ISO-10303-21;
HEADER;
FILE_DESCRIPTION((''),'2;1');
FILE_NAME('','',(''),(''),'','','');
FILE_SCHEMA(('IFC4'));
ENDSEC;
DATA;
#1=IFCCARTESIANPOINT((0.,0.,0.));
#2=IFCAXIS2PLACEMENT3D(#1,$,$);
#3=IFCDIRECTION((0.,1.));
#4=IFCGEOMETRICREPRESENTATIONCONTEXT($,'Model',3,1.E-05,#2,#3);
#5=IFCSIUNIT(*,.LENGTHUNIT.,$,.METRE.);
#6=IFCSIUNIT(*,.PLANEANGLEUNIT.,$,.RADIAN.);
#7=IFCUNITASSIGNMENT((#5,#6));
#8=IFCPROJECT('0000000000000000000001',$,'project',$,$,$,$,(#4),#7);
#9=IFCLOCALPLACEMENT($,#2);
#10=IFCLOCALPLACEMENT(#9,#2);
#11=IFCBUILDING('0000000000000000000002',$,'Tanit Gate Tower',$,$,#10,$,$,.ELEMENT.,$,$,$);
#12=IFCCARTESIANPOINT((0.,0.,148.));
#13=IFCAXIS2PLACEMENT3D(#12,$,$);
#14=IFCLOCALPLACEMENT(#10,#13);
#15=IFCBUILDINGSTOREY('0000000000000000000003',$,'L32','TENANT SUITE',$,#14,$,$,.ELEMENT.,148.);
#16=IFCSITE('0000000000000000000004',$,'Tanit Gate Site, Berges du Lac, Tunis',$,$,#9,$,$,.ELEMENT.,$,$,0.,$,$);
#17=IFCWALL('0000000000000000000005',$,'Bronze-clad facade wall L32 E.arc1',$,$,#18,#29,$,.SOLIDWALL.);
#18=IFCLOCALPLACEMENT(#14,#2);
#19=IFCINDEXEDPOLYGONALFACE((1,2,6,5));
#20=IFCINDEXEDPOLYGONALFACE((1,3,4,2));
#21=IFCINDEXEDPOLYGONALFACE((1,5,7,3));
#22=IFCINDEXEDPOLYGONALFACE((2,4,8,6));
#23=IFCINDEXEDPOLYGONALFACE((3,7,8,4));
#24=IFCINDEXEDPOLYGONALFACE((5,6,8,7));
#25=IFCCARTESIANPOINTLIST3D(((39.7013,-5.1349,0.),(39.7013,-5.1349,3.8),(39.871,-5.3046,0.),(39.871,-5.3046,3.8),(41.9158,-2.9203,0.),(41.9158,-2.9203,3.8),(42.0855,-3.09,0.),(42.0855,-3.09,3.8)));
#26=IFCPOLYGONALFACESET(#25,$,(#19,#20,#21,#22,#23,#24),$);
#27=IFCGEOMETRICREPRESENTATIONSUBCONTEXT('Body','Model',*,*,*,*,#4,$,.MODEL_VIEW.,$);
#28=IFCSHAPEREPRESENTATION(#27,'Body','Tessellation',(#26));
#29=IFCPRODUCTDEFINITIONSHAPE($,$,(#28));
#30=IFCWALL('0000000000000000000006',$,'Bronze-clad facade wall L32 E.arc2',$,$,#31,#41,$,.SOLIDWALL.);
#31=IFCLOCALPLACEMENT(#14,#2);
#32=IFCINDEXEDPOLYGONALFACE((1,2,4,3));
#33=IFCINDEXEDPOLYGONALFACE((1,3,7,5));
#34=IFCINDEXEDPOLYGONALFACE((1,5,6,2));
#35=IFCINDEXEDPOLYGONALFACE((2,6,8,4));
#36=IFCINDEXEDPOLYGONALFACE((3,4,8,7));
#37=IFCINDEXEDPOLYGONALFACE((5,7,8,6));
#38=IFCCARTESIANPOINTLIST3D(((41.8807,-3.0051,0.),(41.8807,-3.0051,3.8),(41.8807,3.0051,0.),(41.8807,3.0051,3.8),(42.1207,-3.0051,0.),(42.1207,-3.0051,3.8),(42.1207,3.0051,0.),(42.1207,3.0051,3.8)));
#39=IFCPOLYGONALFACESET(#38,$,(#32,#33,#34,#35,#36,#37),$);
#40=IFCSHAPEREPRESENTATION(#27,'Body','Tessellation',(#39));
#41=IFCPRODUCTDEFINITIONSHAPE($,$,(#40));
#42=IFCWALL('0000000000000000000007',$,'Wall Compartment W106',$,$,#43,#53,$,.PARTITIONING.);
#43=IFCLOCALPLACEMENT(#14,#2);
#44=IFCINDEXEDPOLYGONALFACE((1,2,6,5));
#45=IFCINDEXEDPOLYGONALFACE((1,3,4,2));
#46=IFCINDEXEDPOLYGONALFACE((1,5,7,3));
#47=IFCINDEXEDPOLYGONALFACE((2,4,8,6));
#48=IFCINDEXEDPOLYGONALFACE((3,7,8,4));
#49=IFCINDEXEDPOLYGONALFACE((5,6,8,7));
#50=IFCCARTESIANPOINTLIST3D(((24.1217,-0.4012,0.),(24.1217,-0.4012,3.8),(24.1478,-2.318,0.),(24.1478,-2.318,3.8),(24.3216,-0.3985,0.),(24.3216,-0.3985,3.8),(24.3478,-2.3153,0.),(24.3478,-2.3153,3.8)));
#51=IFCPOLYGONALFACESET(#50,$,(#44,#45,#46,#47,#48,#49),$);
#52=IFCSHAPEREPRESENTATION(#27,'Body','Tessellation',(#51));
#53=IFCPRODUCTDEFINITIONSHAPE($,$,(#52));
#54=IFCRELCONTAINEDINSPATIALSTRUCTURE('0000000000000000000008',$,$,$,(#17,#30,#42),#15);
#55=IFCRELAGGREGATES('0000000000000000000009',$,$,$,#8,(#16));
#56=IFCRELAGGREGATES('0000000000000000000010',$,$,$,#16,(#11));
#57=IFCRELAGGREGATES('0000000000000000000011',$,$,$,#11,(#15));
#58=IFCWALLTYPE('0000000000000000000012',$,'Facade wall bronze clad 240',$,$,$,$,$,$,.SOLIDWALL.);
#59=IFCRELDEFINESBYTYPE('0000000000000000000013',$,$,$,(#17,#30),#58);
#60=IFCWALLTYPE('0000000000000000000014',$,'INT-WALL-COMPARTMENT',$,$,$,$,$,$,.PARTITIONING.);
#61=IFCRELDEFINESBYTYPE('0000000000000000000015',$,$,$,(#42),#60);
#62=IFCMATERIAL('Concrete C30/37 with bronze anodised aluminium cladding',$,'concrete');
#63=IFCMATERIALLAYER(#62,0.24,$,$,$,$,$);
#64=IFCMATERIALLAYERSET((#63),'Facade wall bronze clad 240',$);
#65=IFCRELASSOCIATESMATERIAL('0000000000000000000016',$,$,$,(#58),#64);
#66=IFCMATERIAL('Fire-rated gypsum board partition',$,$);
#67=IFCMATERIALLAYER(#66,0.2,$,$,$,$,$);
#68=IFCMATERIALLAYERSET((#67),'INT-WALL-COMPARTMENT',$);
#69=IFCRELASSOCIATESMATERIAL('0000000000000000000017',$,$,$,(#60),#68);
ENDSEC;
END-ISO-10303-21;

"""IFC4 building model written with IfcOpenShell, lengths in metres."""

from ifc_helpers import new_model, si_unit, direction, frame, frame_2d, origin, place, context, subcontext, project, spatial, rectangle, extrude, material, layer, layer_set, type_object, element, save


model = new_model("IFC4")

# Units and contexts
model_context = context("Model", 3, precision=1e-05, world=origin(), true_north=direction((0.0, 1.0)))
body_context = subcontext(model_context, "Body", "Model", "MODEL_VIEW")
ifc_project = project(units=[si_unit("LENGTHUNIT", "METRE"), si_unit("PLANEANGLEUNIT", "RADIAN")], contexts=[model_context])

# Site, building, storey
site_placement = place(None, origin())
site = spatial("IfcSite", under=ifc_project, at=site_placement, Name="Tanit Gate Site, Berges du Lac, Tunis", CompositionType="ELEMENT", RefElevation=0.0)
building_placement = place(site_placement, origin())
building = spatial("IfcBuilding", under=site, at=building_placement, Name="Tanit Gate Tower", CompositionType="ELEMENT")
storey_placement = place(building_placement, frame((0.0, 0.0, 148.0)))
storey = spatial("IfcBuildingStorey", under=building, at=storey_placement, Name="L32", Description="TENANT SUITE", CompositionType="ELEMENT", Elevation=148.0)

# Walls
ifc_material_1 = material(Name="Concrete C30/37 with bronze anodised aluminium cladding", Category="concrete")
ifc_layer_1 = layer(ifc_material_1, 0.24)
ifc_layer_set_1 = layer_set([ifc_layer_1], Name="Facade wall bronze clad 240")
wall_type_1 = type_object("IfcWallType", Name="Facade wall bronze clad 240", PredefinedType="SOLIDWALL", material=ifc_layer_set_1)
wall_1_placement = place(storey_placement, frame((39.7861, -5.2197, 0.0), z_axis=(0.0, 0.0, 1.0), x_axis=(0.707107, 0.707107, 0.0)))
element("IfcWall", 1, at=wall_1_placement, inside=storey, type_object=wall_type_1, Name="Bronze-clad facade wall L32 E.arc1", PredefinedType="SOLIDWALL", context=body_context, shape_type="SweptSolid", body=[
    extrude(rectangle(XDim=3.1318, YDim=0.24, at=frame_2d((1.5659, 0.0))), origin(), (0.0, 0.0, 1.0), 3.8),
])
wall_2_placement = place(storey_placement, frame((42.0007, -3.0051, 0.0), z_axis=(0.0, 0.0, 1.0), x_axis=(0.0, 1.0, 0.0)))
element("IfcWall", 2, at=wall_2_placement, inside=storey, type_object=wall_type_1, Name="Bronze-clad facade wall L32 E.arc2", PredefinedType="SOLIDWALL", context=body_context, shape_type="SweptSolid", body=[
    extrude(rectangle(XDim=6.0103, YDim=0.24, at=frame_2d((3.0051, 0.0))), origin(), (0.0, 0.0, 1.0), 3.8),
])
ifc_material_2 = material(Name="Fire-rated gypsum board partition")
ifc_layer_2 = layer(ifc_material_2, 0.2)
ifc_layer_set_2 = layer_set([ifc_layer_2], Name="INT-WALL-COMPARTMENT")
wall_type_2 = type_object("IfcWallType", Name="INT-WALL-COMPARTMENT", PredefinedType="PARTITIONING", material=ifc_layer_set_2)
wall_3_placement = place(storey_placement, frame((24.2478, -2.3167, 0.0), z_axis=(0.0, 0.0, 1.0), x_axis=(-0.013628, 0.999907, 0.0)))
element("IfcWall", 3, at=wall_3_placement, inside=storey, type_object=wall_type_2, Name="Wall Compartment W106", PredefinedType="PARTITIONING", context=body_context, shape_type="SweptSolid", body=[
    extrude(rectangle(XDim=1.917, YDim=0.2, at=frame_2d((0.9585, 0.0))), origin(), (0.0, 0.0, 1.0), 3.8),
])

save(model, "model.ifc")
